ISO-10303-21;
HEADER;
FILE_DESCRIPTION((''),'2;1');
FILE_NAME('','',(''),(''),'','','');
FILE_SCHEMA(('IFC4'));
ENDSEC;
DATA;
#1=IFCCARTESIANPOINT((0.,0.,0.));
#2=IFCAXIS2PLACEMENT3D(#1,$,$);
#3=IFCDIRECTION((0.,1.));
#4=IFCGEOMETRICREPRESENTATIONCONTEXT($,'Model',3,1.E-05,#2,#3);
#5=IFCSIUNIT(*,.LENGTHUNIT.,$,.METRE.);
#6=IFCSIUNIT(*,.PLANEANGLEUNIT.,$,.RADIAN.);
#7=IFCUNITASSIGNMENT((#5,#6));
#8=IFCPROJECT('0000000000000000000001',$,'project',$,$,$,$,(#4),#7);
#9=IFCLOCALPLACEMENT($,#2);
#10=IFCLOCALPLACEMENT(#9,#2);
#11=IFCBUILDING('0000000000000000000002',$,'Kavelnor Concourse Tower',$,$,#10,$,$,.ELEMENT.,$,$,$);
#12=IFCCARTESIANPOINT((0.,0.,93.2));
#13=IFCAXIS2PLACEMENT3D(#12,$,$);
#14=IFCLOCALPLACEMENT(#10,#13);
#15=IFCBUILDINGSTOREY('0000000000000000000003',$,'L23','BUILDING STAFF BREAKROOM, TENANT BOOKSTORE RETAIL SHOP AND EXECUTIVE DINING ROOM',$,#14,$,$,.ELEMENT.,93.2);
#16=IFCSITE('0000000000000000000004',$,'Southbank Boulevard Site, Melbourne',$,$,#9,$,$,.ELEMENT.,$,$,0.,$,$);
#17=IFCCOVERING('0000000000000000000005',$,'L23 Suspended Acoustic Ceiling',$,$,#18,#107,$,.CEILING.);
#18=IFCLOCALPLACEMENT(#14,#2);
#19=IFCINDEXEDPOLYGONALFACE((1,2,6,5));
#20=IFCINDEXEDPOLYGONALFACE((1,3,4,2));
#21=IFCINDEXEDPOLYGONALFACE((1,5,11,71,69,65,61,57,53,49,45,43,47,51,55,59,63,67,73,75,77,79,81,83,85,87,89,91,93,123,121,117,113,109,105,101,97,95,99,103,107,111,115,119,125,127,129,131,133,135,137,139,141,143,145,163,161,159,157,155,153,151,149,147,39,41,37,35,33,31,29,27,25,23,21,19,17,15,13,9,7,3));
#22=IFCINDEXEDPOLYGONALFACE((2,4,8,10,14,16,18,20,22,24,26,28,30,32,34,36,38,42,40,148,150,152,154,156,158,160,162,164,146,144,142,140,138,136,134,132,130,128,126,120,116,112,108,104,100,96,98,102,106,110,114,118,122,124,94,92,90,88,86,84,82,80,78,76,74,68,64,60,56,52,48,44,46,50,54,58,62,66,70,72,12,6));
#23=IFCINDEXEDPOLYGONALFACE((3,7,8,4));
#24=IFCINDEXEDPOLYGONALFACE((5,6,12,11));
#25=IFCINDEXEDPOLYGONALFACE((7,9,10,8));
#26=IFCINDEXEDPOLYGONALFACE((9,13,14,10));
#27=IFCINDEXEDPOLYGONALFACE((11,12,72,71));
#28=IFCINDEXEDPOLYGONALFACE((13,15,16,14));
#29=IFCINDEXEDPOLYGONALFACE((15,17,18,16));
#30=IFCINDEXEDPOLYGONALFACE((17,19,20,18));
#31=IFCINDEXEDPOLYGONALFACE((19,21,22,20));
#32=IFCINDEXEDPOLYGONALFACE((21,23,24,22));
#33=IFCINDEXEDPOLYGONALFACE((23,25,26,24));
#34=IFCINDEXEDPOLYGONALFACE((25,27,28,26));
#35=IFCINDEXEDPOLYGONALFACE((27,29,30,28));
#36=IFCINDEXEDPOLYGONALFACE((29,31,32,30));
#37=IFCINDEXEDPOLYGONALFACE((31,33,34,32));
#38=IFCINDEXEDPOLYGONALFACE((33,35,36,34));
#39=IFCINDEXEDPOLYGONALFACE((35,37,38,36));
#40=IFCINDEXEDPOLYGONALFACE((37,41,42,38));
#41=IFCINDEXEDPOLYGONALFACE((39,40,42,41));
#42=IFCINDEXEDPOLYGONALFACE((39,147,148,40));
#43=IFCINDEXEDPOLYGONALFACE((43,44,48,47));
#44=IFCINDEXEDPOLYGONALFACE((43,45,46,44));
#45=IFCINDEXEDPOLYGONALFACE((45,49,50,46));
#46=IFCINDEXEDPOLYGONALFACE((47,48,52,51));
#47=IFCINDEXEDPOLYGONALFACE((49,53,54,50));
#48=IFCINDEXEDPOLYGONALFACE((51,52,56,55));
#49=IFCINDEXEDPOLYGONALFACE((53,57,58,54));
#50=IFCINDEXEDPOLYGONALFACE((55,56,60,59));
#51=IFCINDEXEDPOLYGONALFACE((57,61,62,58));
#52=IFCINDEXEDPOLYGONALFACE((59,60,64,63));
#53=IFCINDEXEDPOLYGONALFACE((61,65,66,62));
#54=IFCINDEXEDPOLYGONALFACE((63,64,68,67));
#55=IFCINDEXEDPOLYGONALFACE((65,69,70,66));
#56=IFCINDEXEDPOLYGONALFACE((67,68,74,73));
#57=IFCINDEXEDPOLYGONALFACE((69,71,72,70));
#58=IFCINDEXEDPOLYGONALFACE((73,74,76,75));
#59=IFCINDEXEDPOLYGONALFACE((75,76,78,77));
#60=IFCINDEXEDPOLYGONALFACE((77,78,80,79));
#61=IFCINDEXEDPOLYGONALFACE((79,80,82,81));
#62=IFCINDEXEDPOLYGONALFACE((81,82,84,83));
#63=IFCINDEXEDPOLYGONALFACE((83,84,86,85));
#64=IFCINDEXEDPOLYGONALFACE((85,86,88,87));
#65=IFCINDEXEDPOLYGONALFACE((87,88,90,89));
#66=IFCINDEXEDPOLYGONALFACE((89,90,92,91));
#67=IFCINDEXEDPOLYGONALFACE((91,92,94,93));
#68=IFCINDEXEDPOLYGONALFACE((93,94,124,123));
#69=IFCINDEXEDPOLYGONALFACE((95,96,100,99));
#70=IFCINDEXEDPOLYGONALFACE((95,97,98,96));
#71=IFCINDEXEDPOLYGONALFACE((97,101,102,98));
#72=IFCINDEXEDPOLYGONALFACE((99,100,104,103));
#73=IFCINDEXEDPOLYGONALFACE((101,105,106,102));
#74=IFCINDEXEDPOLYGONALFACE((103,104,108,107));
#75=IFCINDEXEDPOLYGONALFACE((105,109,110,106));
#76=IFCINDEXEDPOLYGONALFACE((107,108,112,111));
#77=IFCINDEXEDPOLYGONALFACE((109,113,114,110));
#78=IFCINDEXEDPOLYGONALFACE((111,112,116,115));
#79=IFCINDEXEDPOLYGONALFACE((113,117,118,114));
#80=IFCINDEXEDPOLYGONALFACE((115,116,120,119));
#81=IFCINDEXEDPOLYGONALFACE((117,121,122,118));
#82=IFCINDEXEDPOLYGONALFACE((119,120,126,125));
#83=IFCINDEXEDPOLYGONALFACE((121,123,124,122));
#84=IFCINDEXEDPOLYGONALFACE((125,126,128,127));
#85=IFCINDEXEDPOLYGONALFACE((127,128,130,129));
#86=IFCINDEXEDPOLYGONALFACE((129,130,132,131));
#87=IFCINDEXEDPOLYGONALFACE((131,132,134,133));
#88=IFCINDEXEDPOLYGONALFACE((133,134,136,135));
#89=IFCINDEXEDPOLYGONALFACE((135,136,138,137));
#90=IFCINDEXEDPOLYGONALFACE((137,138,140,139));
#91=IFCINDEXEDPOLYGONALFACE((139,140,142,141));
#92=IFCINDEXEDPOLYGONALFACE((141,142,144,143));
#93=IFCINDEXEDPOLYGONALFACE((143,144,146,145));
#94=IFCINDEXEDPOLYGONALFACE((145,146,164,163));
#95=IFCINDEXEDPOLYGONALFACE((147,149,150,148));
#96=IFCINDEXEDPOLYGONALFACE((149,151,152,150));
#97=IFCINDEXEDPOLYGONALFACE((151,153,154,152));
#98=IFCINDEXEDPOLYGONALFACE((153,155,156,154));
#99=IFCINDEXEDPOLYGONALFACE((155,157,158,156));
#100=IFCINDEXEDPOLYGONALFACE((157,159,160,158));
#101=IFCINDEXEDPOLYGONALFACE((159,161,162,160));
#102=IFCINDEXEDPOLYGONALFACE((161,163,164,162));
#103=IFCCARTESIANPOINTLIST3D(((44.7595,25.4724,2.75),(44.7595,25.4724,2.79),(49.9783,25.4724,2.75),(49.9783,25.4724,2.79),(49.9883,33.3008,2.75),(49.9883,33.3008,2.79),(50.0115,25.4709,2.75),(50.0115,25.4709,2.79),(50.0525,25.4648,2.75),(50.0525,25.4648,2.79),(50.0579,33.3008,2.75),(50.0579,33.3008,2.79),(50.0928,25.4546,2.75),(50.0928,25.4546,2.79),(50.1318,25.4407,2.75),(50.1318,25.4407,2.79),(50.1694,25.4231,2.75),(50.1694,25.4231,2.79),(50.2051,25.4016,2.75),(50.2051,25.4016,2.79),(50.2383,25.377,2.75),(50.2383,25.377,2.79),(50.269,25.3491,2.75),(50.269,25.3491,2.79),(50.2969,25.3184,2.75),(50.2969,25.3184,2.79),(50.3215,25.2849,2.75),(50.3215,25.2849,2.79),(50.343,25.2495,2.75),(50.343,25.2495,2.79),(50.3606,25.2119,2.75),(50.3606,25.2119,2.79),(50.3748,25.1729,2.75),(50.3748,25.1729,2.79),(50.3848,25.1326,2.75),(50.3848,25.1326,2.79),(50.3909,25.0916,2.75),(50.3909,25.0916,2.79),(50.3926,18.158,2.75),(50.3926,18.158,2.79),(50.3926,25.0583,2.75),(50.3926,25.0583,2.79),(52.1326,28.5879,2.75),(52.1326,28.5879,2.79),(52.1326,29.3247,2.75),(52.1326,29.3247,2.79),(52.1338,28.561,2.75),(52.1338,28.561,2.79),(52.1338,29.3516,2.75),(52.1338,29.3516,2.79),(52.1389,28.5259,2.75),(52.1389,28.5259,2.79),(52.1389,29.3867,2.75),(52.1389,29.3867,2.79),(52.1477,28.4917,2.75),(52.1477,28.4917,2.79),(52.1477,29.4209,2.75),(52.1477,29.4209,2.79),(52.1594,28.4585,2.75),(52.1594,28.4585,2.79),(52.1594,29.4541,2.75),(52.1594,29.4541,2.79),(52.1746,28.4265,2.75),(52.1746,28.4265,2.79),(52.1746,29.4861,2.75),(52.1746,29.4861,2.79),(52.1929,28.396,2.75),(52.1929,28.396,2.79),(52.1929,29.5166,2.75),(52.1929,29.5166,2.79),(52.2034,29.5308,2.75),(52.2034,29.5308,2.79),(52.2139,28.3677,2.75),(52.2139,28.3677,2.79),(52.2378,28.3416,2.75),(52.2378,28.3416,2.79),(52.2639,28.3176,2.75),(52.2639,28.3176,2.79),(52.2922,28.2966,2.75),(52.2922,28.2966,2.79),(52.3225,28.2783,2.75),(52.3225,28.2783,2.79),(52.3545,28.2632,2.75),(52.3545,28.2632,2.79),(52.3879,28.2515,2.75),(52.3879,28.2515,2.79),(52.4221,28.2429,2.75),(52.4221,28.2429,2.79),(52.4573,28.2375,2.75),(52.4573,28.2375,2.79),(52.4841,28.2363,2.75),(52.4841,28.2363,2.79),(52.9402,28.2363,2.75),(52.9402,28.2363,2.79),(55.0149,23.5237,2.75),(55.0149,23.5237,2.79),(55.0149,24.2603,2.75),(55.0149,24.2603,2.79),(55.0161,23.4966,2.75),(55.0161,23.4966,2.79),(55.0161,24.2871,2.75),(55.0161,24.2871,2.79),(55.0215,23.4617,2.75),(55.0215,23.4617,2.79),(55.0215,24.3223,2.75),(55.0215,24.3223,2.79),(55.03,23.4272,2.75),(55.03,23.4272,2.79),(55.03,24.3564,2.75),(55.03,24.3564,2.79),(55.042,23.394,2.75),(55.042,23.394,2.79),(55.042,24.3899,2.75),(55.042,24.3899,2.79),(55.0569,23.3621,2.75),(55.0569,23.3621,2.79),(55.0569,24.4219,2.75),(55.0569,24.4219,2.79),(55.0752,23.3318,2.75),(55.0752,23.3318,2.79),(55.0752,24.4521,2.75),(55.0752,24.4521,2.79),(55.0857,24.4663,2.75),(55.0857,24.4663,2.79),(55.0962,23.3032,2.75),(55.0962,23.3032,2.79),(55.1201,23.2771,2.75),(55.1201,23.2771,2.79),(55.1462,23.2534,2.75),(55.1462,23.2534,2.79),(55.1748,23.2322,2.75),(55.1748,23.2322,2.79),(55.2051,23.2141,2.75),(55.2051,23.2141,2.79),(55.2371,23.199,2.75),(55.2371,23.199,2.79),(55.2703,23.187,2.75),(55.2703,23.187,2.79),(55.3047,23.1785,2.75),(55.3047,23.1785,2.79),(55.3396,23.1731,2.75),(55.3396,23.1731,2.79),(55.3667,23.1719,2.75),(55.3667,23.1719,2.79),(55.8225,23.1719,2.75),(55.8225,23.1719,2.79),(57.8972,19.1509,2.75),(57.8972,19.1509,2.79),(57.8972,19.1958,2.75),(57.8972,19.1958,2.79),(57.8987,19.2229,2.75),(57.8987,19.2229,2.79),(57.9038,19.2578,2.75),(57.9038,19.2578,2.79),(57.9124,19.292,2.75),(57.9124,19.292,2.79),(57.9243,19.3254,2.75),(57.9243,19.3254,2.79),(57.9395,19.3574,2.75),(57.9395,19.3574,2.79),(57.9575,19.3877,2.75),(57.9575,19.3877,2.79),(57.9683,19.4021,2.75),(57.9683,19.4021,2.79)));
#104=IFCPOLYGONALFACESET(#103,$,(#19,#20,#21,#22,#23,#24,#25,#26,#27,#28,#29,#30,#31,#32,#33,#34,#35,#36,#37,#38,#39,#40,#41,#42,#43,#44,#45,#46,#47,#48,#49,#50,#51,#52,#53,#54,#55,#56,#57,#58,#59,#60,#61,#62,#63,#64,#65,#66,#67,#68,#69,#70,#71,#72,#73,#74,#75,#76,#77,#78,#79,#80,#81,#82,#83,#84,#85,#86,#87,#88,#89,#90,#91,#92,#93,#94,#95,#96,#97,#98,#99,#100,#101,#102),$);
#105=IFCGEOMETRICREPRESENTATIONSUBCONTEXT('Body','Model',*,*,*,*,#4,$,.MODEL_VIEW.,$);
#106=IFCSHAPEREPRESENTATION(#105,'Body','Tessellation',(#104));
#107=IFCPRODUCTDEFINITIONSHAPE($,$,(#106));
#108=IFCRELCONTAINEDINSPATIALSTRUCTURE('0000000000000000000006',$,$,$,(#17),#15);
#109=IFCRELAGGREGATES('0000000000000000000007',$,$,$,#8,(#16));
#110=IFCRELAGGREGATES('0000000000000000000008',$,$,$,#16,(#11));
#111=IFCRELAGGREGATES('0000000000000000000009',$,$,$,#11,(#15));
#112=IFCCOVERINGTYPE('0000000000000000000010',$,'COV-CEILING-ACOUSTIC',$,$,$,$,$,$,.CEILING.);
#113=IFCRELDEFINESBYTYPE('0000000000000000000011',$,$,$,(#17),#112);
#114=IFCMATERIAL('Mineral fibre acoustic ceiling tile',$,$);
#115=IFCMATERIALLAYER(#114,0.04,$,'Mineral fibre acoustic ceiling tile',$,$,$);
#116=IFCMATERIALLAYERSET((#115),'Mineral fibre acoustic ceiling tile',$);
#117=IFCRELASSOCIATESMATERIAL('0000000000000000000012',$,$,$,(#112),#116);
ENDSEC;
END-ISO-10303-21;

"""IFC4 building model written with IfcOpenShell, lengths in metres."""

from ifc_helpers import new_model, si_unit, direction, frame, origin, place, context, subcontext, project, spatial, polyline, outline, extrude, material, layer, layer_set, type_object, element, save


model = new_model("IFC4")

# Units and contexts
model_context = context("Model", 3, precision=1e-05, world=origin(), true_north=direction((0.0, 1.0)))
body_context = subcontext(model_context, "Body", "Model", "MODEL_VIEW")
ifc_project = project(units=[si_unit("LENGTHUNIT", "METRE"), si_unit("PLANEANGLEUNIT", "RADIAN")], contexts=[model_context])

# Site, building, storey
site_placement = place(None, origin())
site = spatial("IfcSite", under=ifc_project, at=site_placement, Name="Southbank Boulevard Site, Melbourne", CompositionType="ELEMENT", RefElevation=0.0)
building_placement = place(site_placement, origin())
building = spatial("IfcBuilding", under=site, at=building_placement, Name="Kavelnor Concourse Tower", CompositionType="ELEMENT")
storey_placement = place(building_placement, frame((0.0, 0.0, 93.2)))
storey = spatial("IfcBuildingStorey", under=building, at=storey_placement, Name="L23", Description="BUILDING STAFF BREAKROOM, TENANT BOOKSTORE RETAIL SHOP AND EXECUTIVE DINING ROOM", CompositionType="ELEMENT", Elevation=93.2)

# Covering
ifc_material_1 = material(Name="Mineral fibre acoustic ceiling tile")
ifc_layer_1 = layer(ifc_material_1, 0.04, Name="Mineral fibre acoustic ceiling tile")
ifc_layer_set_1 = layer_set([ifc_layer_1], Name="Mineral fibre acoustic ceiling tile")
covering_type = type_object("IfcCoveringType", Name="COV-CEILING-ACOUSTIC", PredefinedType="CEILING", material=ifc_layer_set_1)
covering_1_placement = place(storey_placement, frame((0.0, 0.0, 2.75)))
element("IfcCovering", 1, at=covering_1_placement, inside=storey, type_object=covering_type, Name="L23 Suspended Acoustic Ceiling", PredefinedType="CEILING", context=body_context, shape_type="SweptSolid", body=[
    extrude(outline(polyline([(50.3909, 25.0916), (50.3848, 25.1326), (50.3748, 25.1729), (50.3606, 25.2119), (50.343, 25.2495), (50.3215, 25.2849), (50.2969, 25.3184), (50.269, 25.3491), (50.2383, 25.377), (50.2051, 25.4016), (50.1694, 25.4231), (50.1318, 25.4407), (50.0928, 25.4546), (50.0525, 25.4648), (50.0115, 25.4709), (49.9783, 25.4724), (44.7595, 25.4724), (49.9883, 33.3008), (50.0579, 33.3008), (52.2034, 29.5308), (52.1929, 29.5166), (52.1746, 29.4861), (52.1594, 29.4541), (52.1477, 29.4209), (52.1389, 29.3867), (52.1338, 29.3516), (52.1326, 29.3247), (52.1326, 28.5879), (52.1338, 28.561), (52.1389, 28.5259), (52.1477, 28.4917), (52.1594, 28.4585), (52.1746, 28.4265), (52.1929, 28.396), (52.2139, 28.3677), (52.2378, 28.3416), (52.2639, 28.3176), (52.2922, 28.2966), (52.3225, 28.2783), (52.3545, 28.2632), (52.3879, 28.2515), (52.4221, 28.2429), (52.4573, 28.2375), (52.4841, 28.2363), (52.9402, 28.2363), (55.0857, 24.4663), (55.0752, 24.4521), (55.0569, 24.4219), (55.042, 24.3899), (55.03, 24.3564), (55.0215, 24.3223), (55.0161, 24.2871), (55.0149, 24.2603), (55.0149, 23.5237), (55.0161, 23.4966), (55.0215, 23.4617), (55.03, 23.4272), (55.042, 23.394), (55.0569, 23.3621), (55.0752, 23.3318), (55.0962, 23.3032), (55.1201, 23.2771), (55.1462, 23.2534), (55.1748, 23.2322), (55.2051, 23.2141), (55.2371, 23.199), (55.2703, 23.187), (55.3047, 23.1785), (55.3396, 23.1731), (55.3667, 23.1719), (55.8225, 23.1719), (57.9683, 19.4021), (57.9575, 19.3877), (57.9395, 19.3574), (57.9243, 19.3254), (57.9124, 19.292), (57.9038, 19.2578), (57.8987, 19.2229), (57.8972, 19.1958), (57.8972, 19.1509), (50.3926, 18.158), (50.3926, 25.0583), (50.3909, 25.0916)])), origin(), (0.0, 0.0, 1.0), 0.04),
])

save(model, "model.ifc")
